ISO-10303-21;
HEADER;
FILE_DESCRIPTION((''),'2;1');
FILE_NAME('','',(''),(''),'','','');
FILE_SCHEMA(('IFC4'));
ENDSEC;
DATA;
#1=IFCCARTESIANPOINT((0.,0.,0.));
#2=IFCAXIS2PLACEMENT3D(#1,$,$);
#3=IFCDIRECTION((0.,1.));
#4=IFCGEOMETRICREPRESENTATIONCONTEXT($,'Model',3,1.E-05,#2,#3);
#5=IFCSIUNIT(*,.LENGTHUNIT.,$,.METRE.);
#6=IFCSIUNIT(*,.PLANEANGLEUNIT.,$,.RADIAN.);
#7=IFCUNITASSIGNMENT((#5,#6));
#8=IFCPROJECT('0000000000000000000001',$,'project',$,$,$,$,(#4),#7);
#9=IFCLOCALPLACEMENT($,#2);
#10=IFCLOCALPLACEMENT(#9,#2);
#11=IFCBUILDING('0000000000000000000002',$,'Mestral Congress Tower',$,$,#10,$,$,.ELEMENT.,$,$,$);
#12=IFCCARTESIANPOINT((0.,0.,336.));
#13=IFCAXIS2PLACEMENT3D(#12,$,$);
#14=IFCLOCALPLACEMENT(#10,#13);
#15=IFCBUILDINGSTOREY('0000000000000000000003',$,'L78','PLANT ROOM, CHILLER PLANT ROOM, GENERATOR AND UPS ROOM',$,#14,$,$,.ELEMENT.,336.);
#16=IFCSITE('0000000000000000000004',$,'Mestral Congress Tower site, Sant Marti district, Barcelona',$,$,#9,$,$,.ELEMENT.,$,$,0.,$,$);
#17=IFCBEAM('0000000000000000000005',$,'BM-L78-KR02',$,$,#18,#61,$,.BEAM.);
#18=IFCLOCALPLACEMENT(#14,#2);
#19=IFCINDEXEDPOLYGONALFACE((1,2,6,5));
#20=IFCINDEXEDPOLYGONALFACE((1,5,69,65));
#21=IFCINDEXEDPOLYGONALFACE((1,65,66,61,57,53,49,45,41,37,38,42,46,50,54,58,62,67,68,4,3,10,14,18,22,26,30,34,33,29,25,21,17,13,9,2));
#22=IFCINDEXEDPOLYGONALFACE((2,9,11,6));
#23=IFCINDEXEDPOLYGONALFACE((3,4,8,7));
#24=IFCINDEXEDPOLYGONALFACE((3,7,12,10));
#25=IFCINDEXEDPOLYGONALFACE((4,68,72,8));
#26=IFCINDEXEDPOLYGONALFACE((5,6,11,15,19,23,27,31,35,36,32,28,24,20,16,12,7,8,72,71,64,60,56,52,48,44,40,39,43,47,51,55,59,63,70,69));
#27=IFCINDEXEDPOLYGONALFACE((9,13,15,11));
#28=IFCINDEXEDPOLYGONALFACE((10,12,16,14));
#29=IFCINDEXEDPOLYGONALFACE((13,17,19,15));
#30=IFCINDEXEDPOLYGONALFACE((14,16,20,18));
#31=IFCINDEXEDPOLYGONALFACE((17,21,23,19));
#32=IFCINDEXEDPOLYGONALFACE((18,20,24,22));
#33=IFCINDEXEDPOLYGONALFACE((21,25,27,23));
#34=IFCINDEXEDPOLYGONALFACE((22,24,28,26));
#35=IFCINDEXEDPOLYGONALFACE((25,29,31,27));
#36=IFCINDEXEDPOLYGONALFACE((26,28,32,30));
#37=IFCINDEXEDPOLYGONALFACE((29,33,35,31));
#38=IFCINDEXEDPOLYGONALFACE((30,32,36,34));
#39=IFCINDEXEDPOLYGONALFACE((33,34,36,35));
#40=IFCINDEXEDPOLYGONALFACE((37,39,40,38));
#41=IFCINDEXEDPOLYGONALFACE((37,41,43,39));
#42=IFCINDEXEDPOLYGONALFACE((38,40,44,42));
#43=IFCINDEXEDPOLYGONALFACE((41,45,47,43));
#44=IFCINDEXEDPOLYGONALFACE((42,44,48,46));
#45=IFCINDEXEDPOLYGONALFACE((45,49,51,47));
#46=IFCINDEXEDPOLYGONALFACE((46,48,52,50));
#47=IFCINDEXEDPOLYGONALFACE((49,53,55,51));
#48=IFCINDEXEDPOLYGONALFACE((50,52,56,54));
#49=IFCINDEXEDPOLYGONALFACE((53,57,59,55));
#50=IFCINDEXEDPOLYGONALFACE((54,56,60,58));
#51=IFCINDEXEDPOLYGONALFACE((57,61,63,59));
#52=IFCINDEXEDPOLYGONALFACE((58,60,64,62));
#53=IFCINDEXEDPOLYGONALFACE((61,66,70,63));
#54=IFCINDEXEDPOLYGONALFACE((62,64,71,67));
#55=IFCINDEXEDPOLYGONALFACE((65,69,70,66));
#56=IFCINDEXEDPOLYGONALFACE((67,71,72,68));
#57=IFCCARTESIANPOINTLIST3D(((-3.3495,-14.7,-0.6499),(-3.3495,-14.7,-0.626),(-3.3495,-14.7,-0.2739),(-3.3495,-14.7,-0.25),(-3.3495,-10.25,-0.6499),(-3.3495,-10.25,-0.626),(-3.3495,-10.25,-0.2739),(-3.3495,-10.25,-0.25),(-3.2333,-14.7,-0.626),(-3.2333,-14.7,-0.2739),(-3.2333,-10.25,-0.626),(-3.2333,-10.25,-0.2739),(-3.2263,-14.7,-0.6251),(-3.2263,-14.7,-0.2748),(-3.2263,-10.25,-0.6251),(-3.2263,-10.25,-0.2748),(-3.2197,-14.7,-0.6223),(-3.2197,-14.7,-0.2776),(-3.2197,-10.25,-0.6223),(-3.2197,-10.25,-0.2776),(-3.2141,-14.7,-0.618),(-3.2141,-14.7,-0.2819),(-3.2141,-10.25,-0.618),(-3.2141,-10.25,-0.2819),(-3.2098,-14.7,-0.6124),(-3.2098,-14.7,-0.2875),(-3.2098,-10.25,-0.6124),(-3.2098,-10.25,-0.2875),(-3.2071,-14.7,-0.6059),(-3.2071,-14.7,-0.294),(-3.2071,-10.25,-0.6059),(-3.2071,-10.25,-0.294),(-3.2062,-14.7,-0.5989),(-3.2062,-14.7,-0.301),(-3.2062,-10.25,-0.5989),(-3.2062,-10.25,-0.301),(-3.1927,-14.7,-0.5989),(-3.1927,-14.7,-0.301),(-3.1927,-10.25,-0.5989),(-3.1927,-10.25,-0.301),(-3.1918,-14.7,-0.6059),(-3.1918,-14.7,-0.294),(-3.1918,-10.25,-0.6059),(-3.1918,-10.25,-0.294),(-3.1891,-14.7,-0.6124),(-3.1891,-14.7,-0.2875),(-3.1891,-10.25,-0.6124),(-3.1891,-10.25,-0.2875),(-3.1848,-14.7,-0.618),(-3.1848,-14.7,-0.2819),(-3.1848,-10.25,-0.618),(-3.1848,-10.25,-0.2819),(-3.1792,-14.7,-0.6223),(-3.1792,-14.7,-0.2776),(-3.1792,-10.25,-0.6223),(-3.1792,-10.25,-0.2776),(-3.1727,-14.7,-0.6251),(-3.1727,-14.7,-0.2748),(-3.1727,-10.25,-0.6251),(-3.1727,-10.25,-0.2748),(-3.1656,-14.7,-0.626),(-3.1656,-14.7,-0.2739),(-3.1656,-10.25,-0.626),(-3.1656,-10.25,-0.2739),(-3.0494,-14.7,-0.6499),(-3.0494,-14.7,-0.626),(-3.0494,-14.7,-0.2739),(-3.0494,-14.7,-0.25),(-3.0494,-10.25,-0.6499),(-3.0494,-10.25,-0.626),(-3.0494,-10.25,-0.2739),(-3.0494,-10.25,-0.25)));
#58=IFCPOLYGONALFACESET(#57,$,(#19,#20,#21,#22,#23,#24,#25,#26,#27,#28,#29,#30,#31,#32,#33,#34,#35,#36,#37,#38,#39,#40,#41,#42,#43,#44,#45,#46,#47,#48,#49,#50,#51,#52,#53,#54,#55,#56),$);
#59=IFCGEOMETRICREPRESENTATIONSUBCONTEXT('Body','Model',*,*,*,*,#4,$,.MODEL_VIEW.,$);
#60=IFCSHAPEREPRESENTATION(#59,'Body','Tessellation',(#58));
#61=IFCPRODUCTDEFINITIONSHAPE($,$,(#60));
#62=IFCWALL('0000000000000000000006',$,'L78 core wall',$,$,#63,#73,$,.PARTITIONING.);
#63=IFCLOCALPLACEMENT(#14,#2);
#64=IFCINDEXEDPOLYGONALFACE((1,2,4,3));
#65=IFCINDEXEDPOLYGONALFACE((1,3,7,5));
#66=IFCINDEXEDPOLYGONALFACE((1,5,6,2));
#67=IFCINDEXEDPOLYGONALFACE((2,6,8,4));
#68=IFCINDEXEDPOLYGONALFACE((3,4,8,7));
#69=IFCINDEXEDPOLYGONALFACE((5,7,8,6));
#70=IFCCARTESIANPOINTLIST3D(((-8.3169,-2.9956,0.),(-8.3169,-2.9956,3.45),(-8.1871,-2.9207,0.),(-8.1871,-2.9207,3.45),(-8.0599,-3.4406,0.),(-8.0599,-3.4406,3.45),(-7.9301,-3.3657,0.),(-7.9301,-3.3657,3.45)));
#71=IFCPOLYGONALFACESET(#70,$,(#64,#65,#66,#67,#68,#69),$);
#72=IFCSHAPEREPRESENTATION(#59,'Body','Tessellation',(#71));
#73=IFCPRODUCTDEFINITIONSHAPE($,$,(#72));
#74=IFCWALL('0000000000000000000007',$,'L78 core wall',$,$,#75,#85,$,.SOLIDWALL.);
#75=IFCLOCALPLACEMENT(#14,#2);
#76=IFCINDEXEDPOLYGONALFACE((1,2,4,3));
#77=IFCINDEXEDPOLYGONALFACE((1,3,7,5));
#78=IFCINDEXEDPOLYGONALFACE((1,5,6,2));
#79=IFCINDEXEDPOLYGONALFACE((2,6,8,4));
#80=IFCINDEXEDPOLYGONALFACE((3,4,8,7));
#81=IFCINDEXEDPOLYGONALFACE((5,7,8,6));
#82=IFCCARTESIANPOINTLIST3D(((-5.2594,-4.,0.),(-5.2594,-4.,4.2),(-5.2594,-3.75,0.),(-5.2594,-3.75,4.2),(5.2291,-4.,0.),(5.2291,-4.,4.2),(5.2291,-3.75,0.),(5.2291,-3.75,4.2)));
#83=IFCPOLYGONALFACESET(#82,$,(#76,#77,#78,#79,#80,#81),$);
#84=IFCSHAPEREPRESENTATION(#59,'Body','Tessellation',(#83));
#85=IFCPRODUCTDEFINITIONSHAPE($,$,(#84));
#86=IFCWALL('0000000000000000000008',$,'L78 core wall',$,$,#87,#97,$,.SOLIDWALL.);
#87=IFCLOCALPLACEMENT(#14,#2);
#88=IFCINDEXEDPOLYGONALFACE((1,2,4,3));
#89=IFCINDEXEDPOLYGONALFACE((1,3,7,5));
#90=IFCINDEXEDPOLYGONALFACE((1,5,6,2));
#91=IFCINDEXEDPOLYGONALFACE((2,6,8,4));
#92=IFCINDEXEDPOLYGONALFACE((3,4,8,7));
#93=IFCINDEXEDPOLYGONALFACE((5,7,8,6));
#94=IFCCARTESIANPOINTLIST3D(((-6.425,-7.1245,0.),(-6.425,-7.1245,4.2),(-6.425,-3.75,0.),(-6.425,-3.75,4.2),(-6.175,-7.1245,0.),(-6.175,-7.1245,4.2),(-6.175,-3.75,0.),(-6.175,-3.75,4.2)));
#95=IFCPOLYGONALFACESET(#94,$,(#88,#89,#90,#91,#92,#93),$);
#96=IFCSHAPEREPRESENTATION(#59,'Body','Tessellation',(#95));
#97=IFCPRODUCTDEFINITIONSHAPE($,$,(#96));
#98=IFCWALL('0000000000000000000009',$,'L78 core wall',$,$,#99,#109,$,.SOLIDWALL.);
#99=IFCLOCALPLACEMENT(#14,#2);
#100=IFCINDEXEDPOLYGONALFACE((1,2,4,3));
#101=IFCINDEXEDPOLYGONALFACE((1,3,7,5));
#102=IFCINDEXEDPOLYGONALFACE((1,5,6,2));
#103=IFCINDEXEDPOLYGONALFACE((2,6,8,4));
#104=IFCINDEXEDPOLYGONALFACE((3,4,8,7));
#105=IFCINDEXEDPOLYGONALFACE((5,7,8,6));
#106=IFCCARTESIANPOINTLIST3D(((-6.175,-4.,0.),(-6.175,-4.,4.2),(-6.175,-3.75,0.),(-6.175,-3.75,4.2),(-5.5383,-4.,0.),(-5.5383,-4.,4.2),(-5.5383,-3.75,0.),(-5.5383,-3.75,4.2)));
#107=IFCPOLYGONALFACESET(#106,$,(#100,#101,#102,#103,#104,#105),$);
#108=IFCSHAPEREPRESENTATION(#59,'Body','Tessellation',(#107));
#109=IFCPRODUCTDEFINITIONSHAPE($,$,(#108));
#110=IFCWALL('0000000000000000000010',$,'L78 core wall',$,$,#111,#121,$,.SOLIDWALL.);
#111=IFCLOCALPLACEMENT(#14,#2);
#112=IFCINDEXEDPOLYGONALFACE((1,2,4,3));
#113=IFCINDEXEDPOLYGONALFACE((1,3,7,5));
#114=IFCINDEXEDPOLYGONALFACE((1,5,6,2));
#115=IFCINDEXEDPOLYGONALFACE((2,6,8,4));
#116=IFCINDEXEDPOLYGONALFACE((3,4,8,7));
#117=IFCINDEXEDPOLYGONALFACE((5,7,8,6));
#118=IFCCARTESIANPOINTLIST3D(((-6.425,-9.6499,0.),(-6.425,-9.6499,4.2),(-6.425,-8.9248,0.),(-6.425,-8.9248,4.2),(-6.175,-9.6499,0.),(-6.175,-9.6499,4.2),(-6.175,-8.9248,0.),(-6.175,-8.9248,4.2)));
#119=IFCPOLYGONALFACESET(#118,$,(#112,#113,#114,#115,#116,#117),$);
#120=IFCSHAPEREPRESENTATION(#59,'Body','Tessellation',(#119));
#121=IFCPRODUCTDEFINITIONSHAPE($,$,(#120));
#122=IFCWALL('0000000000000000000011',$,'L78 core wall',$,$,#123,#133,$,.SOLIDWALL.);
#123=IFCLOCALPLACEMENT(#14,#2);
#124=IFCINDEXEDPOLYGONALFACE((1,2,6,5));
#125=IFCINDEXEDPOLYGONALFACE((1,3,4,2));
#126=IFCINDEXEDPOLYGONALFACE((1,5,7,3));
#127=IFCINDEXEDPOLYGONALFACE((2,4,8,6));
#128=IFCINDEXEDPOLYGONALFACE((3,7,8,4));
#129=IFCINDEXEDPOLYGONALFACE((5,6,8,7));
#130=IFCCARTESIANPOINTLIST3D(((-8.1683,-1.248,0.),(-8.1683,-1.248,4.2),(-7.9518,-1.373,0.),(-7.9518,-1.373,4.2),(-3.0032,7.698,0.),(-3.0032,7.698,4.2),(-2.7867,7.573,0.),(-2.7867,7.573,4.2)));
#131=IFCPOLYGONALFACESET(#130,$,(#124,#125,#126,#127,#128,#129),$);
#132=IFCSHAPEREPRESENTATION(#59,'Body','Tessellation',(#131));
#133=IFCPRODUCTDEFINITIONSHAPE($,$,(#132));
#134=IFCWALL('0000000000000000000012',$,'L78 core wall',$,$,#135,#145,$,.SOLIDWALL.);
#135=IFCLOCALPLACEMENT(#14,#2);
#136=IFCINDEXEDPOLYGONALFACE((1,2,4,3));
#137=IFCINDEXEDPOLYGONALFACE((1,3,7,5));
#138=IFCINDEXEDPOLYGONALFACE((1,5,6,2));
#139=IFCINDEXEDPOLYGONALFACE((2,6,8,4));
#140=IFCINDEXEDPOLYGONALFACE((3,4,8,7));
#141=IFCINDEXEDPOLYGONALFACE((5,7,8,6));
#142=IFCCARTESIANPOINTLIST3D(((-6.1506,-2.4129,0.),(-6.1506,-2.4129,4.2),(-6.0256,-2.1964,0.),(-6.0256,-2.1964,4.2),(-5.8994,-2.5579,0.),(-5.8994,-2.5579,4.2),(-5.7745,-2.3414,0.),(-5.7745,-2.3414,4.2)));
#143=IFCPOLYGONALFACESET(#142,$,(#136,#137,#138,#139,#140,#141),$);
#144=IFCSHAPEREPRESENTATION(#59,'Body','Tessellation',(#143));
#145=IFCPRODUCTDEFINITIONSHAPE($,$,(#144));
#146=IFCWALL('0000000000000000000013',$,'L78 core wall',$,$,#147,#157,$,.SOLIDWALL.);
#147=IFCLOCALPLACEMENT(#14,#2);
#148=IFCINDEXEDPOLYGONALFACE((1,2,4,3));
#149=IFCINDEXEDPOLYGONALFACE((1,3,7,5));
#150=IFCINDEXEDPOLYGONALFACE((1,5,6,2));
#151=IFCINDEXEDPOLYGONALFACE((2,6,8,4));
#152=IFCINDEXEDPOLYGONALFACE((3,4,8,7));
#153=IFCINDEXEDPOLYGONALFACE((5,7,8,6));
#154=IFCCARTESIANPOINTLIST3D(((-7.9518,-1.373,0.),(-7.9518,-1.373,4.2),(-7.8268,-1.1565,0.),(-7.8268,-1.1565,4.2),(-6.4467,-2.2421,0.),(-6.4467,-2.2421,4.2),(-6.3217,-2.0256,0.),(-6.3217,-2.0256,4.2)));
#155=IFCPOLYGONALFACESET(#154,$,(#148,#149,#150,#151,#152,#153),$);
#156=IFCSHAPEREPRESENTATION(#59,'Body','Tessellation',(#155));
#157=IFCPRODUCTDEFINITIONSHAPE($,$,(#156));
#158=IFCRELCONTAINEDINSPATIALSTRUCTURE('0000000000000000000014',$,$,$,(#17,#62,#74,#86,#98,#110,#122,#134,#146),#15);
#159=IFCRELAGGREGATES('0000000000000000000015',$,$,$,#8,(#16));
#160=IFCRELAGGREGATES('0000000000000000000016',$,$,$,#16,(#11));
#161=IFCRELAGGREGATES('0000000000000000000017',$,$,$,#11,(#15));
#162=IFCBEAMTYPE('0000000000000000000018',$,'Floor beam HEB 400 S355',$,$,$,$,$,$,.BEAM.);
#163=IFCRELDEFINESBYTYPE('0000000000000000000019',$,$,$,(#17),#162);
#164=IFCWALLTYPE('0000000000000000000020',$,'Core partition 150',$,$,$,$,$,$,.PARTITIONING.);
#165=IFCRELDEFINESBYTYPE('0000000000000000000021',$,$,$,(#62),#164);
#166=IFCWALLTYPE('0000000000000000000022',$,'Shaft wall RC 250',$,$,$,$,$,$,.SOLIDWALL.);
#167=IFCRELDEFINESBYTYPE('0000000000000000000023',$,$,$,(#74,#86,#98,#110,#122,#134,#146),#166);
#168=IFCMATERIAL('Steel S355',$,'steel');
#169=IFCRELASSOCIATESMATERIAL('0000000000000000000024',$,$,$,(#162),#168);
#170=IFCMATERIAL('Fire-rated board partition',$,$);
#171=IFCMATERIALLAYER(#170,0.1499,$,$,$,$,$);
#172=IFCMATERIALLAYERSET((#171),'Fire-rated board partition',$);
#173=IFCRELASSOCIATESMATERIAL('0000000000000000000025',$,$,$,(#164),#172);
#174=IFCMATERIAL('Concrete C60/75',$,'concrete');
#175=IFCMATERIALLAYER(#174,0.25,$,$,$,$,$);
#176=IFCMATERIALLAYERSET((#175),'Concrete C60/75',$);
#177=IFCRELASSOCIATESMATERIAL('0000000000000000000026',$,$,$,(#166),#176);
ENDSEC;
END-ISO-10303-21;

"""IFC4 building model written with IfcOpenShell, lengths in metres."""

from ifc_helpers import new_model, si_unit, direction, frame, frame_2d, origin, origin_2d, place, context, subcontext, project, spatial, rectangle, i_section, extrude, material, layer, layer_set, material_profile, profile_set, type_object, element, save


model = new_model("IFC4")

# Units and contexts
model_context = context("Model", 3, precision=1e-05, world=origin(), true_north=direction((0.0, 1.0)))
body_context = subcontext(model_context, "Body", "Model", "MODEL_VIEW")
ifc_project = project(units=[si_unit("LENGTHUNIT", "METRE"), si_unit("PLANEANGLEUNIT", "RADIAN")], contexts=[model_context])

# Site, building, storey
site_placement = place(None, origin())
site = spatial("IfcSite", under=ifc_project, at=site_placement, Name="Mestral Congress Tower site, Sant Marti district, Barcelona", CompositionType="ELEMENT", RefElevation=0.0)
building_placement = place(site_placement, origin())
building = spatial("IfcBuilding", under=site, at=building_placement, Name="Mestral Congress Tower", CompositionType="ELEMENT")
storey_placement = place(building_placement, frame((0.0, 0.0, 336.0)))
storey = spatial("IfcBuildingStorey", under=building, at=storey_placement, Name="L78", Description="PLANT ROOM, CHILLER PLANT ROOM, GENERATOR AND UPS ROOM", CompositionType="ELEMENT", Elevation=336.0)

# Beam
ifc_material_1 = material(Name="Steel S355", Category="steel")
ifc_material_profile = material_profile(ifc_material_1, i_section(OverallWidth=0.3, OverallDepth=0.3999, WebThickness=0.0134, FlangeThickness=0.0239, FilletRadius=0.0271, at=origin_2d()), Name="HEB 400")
ifc_profile_set = profile_set([ifc_material_profile], Name="Steel S355")
beam_type = type_object("IfcBeamType", Name="Floor beam HEB 400 S355", PredefinedType="BEAM", material=ifc_profile_set)
beam_placement = place(storey_placement, frame((-3.1995, -10.25, -0.45), z_axis=(0.0, -1.0, 0.0), x_axis=(1.0, 0.0, 0.0)))
element("IfcBeam", 1, at=beam_placement, inside=storey, type_object=beam_type, Name="BM-L78-KR02", PredefinedType="BEAM", context=body_context, shape_type="SweptSolid", body=[
    extrude(i_section(OverallWidth=0.3, OverallDepth=0.3999, WebThickness=0.0134, FlangeThickness=0.0239, FilletRadius=0.0271, at=origin_2d()), origin(), (0.0, 0.0, 1.0), 4.45),
])

# Walls
ifc_material_2 = material(Name="Fire-rated board partition")
ifc_layer_1 = layer(ifc_material_2, 0.1499)
ifc_layer_set_1 = layer_set([ifc_layer_1], Name="Fire-rated board partition")
wall_type_1 = type_object("IfcWallType", Name="Core partition 150", PredefinedType="PARTITIONING", material=ifc_layer_set_1)
wall_1_placement = place(storey_placement, frame((-8.252, -2.9583, 0.0), z_axis=(0.0, 0.0, 1.0), x_axis=(0.500175, -0.865925, 0.0)))
element("IfcWall", 2, at=wall_1_placement, inside=storey, type_object=wall_type_1, Name="L78 core wall", PredefinedType="PARTITIONING", context=body_context, shape_type="SweptSolid", body=[
    extrude(rectangle(XDim=0.5139, YDim=0.1499, at=frame_2d((0.2568, 0.0))), origin(), (0.0, 0.0, 1.0), 3.45),
])
ifc_material_3 = material(Name="Concrete C60/75", Category="concrete")
ifc_layer_2 = layer(ifc_material_3, 0.25)
ifc_layer_set_2 = layer_set([ifc_layer_2], Name="Concrete C60/75")
wall_type_2 = type_object("IfcWallType", Name="Shaft wall RC 250", PredefinedType="SOLIDWALL", material=ifc_layer_set_2)
wall_2_placement = place(storey_placement, frame((-5.2593, -3.875, 0.0), z_axis=(0.0, 0.0, 1.0), x_axis=(1.0, 0.0, 0.0)))
element("IfcWall", 3, at=wall_2_placement, inside=storey, type_object=wall_type_2, Name="L78 core wall", PredefinedType="SOLIDWALL", context=body_context, shape_type="SweptSolid", body=[
    extrude(rectangle(XDim=10.4885, YDim=0.25, at=frame_2d((5.2441, 0.0))), origin(), (0.0, 0.0, 1.0), 4.2),
])
wall_3_placement = place(storey_placement, frame((-6.3, -7.1245, 0.0), z_axis=(0.0, 0.0, 1.0), x_axis=(0.0, 1.0, 0.0)))
element("IfcWall", 4, at=wall_3_placement, inside=storey, type_object=wall_type_2, Name="L78 core wall", PredefinedType="SOLIDWALL", context=body_context, shape_type="SweptSolid", body=[
    extrude(rectangle(XDim=3.3745, YDim=0.25, at=frame_2d((1.6873, 0.0))), origin(), (0.0, 0.0, 1.0), 4.2),
])
wall_4_placement = place(storey_placement, frame((-6.175, -3.875, 0.0), z_axis=(0.0, 0.0, 1.0), x_axis=(1.0, 0.0, 0.0)))
element("IfcWall", 5, at=wall_4_placement, inside=storey, type_object=wall_type_2, Name="L78 core wall", PredefinedType="SOLIDWALL", context=body_context, shape_type="SweptSolid", body=[
    extrude(rectangle(XDim=0.6367, YDim=0.25, at=frame_2d((0.3184, 0.0))), origin(), (0.0, 0.0, 1.0), 4.2),
])
wall_5_placement = place(storey_placement, frame((-6.3, -8.9248, 0.0), z_axis=(0.0, 0.0, 1.0), x_axis=(0.0, -1.0, 0.0)))
element("IfcWall", 6, at=wall_5_placement, inside=storey, type_object=wall_type_2, Name="L78 core wall", PredefinedType="SOLIDWALL", context=body_context, shape_type="SweptSolid", body=[
    extrude(rectangle(XDim=0.7251, YDim=0.25, at=frame_2d((0.3625, 0.0))), origin(), (0.0, 0.0, 1.0), 4.2),
])
wall_6_placement = place(storey_placement, frame((-8.0601, -1.3105, 0.0), z_axis=(0.0, 0.0, 1.0), x_axis=(0.500003, 0.866024, 0.0)))
element("IfcWall", 7, at=wall_6_placement, inside=storey, type_object=wall_type_2, Name="L78 core wall", PredefinedType="SOLIDWALL", context=body_context, shape_type="SweptSolid", body=[
    extrude(rectangle(XDim=10.3301, YDim=0.25, at=frame_2d((5.165, 0.0))), origin(), (0.0, 0.0, 1.0), 4.2),
])
wall_7_placement = place(storey_placement, frame((-6.0881, -2.3047, 0.0), z_axis=(0.0, 0.0, 1.0), x_axis=(0.866059, -0.499941, 0.0)))
element("IfcWall", 8, at=wall_7_placement, inside=storey, type_object=wall_type_2, Name="L78 core wall", PredefinedType="SOLIDWALL", context=body_context, shape_type="SweptSolid", body=[
    extrude(rectangle(XDim=0.29, YDim=0.25, at=frame_2d((0.145, 0.0))), origin(), (0.0, 0.0, 1.0), 4.2),
])
wall_8_placement = place(storey_placement, frame((-7.8894, -1.2646, 0.0), z_axis=(0.0, 0.0, 1.0), x_axis=(0.865987, -0.500067, 0.0)))
element("IfcWall", 9, at=wall_8_placement, inside=storey, type_object=wall_type_2, Name="L78 core wall", PredefinedType="SOLIDWALL", context=body_context, shape_type="SweptSolid", body=[
    extrude(rectangle(XDim=1.738, YDim=0.25, at=frame_2d((0.8691, 0.0))), origin(), (0.0, 0.0, 1.0), 4.2),
])

save(model, "model.ifc")
